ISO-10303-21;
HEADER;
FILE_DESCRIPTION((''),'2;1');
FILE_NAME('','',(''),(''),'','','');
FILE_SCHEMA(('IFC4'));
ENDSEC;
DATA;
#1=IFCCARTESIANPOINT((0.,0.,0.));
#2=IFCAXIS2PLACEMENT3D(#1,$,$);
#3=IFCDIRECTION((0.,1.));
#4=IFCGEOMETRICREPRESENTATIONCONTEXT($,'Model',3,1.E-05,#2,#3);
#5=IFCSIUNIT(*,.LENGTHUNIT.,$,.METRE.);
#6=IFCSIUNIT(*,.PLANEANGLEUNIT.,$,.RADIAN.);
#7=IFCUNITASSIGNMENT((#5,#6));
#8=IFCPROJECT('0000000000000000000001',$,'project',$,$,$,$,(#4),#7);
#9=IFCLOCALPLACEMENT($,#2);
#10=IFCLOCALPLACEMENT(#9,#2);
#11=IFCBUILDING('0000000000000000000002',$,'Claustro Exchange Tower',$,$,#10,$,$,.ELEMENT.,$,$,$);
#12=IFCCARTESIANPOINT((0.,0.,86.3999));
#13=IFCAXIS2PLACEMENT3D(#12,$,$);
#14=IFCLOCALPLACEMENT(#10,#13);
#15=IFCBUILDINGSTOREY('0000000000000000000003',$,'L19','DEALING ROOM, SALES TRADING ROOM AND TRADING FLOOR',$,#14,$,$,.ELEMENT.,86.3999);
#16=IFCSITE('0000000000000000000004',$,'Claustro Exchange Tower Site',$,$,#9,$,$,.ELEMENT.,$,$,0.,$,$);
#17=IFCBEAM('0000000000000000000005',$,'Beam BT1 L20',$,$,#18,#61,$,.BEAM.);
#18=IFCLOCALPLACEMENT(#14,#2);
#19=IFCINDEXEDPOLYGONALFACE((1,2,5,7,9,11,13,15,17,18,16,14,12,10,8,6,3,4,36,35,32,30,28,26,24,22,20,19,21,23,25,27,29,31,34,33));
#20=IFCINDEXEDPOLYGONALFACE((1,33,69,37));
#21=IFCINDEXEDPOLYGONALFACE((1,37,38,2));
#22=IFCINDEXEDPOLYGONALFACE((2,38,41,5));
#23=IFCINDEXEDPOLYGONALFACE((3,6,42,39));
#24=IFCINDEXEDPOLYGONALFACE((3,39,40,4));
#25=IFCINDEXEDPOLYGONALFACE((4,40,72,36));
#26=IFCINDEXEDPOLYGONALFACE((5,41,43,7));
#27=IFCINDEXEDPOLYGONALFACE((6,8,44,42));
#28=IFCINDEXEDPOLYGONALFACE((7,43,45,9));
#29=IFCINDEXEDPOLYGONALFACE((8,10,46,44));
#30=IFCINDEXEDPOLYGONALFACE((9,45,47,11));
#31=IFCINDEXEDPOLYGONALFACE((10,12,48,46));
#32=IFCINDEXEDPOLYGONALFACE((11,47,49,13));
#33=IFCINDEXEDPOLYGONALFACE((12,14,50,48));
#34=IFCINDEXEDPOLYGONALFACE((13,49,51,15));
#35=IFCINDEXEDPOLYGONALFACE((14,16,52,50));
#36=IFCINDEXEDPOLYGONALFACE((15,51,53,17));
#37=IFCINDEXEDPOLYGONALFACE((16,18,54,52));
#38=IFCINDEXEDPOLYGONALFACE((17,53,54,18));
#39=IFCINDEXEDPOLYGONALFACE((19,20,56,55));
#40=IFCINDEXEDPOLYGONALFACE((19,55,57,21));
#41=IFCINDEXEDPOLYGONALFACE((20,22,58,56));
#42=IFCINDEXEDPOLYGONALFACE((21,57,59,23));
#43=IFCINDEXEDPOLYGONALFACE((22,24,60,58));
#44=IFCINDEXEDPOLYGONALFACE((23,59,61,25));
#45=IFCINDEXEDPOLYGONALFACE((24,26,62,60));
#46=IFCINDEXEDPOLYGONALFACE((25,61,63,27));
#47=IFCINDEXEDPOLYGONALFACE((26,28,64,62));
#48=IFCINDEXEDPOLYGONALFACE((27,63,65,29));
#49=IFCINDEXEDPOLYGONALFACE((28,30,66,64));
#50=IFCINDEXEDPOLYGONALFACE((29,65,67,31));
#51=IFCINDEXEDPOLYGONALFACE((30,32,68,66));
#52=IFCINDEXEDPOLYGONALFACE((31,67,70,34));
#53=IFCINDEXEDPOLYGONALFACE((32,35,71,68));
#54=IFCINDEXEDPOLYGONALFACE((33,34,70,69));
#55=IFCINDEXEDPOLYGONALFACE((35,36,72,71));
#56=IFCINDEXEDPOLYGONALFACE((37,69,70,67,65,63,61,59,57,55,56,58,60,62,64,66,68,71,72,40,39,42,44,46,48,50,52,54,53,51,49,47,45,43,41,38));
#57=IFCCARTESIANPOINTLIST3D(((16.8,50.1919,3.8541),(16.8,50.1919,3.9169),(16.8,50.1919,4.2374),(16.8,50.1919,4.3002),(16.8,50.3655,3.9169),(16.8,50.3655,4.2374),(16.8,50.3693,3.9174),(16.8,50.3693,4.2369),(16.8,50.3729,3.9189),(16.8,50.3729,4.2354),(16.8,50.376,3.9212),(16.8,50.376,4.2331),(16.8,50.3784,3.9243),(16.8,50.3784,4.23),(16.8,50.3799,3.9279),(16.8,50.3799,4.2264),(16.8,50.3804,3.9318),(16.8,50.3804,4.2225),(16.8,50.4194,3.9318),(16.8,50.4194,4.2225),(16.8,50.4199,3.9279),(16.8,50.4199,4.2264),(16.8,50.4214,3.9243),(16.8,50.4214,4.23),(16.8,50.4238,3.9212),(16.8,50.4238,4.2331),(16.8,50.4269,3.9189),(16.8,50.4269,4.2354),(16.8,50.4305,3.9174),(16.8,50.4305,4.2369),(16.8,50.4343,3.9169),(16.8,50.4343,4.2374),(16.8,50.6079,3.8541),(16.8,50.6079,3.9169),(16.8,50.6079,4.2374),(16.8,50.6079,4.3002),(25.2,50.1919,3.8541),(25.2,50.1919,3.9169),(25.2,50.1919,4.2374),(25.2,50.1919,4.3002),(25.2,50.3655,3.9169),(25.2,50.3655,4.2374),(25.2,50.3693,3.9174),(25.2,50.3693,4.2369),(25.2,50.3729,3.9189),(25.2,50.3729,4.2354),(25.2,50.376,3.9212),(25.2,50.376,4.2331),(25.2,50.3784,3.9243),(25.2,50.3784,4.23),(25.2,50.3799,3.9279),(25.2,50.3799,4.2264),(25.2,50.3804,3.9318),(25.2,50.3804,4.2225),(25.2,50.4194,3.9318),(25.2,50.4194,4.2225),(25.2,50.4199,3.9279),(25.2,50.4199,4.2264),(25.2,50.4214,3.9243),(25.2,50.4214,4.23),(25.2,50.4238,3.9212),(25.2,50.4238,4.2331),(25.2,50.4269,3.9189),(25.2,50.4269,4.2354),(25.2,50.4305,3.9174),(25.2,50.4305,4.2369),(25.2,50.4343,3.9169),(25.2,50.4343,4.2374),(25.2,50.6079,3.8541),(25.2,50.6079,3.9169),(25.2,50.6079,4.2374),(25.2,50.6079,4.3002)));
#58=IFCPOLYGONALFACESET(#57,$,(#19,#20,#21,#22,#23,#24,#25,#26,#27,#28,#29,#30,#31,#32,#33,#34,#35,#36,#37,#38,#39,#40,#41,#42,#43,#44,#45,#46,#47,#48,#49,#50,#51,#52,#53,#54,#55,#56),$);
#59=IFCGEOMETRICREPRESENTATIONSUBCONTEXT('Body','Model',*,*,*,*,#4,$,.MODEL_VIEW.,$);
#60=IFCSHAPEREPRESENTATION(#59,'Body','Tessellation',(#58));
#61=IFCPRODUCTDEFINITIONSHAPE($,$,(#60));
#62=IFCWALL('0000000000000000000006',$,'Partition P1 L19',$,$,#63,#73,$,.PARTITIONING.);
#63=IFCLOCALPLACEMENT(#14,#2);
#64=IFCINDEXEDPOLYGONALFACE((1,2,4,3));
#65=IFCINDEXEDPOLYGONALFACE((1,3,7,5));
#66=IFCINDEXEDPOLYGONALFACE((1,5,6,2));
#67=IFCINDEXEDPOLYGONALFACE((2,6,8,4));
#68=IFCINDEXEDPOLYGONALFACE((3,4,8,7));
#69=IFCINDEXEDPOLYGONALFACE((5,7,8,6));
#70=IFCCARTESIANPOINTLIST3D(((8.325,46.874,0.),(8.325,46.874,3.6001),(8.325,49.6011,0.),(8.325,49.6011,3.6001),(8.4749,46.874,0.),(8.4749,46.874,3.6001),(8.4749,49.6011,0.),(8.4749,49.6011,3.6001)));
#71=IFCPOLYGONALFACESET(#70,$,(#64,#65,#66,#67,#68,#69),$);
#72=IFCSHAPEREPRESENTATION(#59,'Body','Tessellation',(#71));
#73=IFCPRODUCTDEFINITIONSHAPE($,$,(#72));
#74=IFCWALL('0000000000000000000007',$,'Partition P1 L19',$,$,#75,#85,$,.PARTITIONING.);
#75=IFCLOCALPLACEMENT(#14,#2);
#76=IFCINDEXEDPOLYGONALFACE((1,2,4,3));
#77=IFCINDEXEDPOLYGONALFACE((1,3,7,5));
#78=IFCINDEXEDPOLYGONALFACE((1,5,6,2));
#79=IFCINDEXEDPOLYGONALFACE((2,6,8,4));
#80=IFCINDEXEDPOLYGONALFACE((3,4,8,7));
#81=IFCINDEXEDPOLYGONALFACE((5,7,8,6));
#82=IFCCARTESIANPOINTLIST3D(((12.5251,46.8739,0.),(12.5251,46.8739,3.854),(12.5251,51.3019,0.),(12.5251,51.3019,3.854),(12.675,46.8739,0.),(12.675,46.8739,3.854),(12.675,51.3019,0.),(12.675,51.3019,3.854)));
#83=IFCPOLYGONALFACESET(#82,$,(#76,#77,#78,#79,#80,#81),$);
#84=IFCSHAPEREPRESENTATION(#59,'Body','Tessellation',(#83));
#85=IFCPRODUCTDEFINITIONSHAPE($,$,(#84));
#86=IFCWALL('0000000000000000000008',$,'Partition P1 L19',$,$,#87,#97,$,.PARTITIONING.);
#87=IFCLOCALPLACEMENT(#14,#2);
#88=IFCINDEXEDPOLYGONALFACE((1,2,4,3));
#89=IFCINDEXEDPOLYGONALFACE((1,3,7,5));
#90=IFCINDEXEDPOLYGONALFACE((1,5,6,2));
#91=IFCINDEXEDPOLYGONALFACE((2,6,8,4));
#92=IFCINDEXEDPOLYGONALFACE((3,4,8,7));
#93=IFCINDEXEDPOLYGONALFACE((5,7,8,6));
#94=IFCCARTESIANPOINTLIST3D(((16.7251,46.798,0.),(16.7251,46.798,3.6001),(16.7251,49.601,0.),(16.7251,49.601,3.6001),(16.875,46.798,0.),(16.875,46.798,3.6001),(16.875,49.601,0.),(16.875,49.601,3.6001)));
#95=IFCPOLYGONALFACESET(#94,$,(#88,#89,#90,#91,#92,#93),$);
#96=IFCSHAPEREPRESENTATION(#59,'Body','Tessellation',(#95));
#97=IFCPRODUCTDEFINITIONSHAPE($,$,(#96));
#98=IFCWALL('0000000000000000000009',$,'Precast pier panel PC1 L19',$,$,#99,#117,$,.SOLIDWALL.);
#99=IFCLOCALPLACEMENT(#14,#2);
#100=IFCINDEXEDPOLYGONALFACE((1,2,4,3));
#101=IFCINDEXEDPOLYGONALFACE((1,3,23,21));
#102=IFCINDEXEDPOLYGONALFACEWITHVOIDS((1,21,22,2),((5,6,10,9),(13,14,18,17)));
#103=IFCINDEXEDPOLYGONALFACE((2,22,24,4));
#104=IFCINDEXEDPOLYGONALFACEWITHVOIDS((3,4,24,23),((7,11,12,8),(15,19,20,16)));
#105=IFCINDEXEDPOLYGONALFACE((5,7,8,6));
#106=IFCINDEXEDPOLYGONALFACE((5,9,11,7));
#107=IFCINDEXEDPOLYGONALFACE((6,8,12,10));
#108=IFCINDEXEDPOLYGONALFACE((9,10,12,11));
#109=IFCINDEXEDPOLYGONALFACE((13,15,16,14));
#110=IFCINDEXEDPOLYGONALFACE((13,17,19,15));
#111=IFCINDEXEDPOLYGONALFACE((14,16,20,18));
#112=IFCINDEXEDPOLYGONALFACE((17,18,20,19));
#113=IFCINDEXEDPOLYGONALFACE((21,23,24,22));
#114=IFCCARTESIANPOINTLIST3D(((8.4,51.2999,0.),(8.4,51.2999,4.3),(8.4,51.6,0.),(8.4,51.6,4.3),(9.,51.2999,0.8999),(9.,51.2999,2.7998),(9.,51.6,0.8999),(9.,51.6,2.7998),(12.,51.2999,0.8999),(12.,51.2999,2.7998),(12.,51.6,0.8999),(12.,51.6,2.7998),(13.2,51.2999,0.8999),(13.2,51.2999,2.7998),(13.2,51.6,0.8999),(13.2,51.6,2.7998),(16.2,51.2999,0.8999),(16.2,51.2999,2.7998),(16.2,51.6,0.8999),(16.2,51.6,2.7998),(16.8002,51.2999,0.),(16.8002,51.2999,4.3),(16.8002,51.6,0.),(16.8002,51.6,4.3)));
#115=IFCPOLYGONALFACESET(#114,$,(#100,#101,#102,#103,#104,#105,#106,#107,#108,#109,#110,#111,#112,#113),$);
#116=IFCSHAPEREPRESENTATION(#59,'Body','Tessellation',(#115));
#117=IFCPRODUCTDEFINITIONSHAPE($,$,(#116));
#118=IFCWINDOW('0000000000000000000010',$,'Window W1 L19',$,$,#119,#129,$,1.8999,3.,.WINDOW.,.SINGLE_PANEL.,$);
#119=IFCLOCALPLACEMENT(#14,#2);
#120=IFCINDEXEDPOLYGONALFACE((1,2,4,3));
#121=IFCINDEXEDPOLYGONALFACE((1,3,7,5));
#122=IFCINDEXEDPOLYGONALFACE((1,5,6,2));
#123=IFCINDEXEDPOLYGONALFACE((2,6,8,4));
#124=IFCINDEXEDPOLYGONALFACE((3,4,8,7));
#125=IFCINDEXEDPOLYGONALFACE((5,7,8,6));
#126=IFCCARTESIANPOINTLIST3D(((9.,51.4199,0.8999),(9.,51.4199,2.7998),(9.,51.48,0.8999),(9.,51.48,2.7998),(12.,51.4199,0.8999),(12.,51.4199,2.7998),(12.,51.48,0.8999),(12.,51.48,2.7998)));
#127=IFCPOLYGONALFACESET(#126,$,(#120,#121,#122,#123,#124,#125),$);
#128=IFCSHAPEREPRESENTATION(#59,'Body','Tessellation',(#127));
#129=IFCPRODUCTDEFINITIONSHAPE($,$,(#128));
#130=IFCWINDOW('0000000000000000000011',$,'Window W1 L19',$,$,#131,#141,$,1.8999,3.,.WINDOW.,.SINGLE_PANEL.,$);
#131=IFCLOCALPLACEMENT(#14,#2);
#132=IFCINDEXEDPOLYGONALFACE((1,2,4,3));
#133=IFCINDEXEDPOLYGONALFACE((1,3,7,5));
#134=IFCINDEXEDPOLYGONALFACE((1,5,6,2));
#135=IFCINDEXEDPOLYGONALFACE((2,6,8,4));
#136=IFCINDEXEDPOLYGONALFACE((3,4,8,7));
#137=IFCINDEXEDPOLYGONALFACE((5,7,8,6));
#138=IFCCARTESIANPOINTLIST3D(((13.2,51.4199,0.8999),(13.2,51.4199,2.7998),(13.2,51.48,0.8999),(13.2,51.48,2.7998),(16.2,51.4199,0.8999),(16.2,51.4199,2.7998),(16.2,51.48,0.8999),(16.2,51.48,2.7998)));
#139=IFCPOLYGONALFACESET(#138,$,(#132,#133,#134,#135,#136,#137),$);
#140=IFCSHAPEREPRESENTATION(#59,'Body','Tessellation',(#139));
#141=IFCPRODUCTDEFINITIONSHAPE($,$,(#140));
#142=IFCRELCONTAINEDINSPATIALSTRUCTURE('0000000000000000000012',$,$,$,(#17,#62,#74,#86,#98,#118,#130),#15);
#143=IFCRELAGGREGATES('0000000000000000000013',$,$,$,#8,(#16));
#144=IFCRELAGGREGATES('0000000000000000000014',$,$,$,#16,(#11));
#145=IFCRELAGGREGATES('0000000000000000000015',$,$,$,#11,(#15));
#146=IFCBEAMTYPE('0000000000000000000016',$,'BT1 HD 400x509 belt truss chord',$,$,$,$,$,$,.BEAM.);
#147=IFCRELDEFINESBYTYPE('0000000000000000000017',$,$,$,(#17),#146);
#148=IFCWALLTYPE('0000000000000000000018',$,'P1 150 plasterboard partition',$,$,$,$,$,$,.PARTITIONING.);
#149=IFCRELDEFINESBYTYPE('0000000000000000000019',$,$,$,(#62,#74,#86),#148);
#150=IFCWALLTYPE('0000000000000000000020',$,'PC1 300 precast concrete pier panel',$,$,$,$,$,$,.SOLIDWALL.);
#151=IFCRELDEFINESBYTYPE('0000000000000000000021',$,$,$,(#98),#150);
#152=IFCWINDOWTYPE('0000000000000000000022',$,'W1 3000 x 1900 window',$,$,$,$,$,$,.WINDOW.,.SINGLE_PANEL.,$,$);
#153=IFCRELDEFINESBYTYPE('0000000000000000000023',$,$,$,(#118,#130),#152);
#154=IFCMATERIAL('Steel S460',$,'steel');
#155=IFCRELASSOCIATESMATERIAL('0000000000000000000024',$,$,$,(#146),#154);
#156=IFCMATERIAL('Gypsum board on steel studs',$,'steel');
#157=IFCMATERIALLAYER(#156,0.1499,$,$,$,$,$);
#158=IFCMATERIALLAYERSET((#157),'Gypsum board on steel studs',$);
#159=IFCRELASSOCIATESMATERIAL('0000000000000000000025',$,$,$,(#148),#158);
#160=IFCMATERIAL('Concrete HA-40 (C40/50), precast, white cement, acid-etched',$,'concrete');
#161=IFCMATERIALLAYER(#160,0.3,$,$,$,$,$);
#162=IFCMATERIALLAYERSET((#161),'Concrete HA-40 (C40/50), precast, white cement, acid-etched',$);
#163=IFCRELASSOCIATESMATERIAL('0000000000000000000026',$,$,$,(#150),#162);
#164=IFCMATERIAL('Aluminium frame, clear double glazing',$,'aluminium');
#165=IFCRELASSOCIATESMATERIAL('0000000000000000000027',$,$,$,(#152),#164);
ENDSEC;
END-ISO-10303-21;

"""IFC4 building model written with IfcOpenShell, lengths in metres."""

from ifc_helpers import new_model, si_unit, direction, frame, frame_2d, origin, origin_2d, place, context, subcontext, project, spatial, rectangle, i_section, extrude, material, layer, layer_set, material_profile, profile_set, type_object, element, fill, save


model = new_model("IFC4")

# Units and contexts
model_context = context("Model", 3, precision=1e-05, world=origin(), true_north=direction((0.0, 1.0)))
body_context = subcontext(model_context, "Body", "Model", "MODEL_VIEW")
ifc_project = project(units=[si_unit("LENGTHUNIT", "METRE"), si_unit("PLANEANGLEUNIT", "RADIAN")], contexts=[model_context])

# Site, building, storey
site_placement = place(None, origin())
site = spatial("IfcSite", under=ifc_project, at=site_placement, Name="Claustro Exchange Tower Site", CompositionType="ELEMENT", RefElevation=0.0)
building_placement = place(site_placement, origin())
building = spatial("IfcBuilding", under=site, at=building_placement, Name="Claustro Exchange Tower", CompositionType="ELEMENT")
storey_placement = place(building_placement, frame((0.0, 0.0, 86.3999)))
storey = spatial("IfcBuildingStorey", under=building, at=storey_placement, Name="L19", Description="DEALING ROOM, SALES TRADING ROOM AND TRADING FLOOR", CompositionType="ELEMENT", Elevation=86.3999)

# Beam
ifc_material_1 = material(Name="Steel S460", Category="steel")
ifc_material_profile_1 = material_profile(ifc_material_1, i_section(OverallWidth=0.416, OverallDepth=0.446, WebThickness=0.0391, FlangeThickness=0.0627, FilletRadius=0.0149, at=origin_2d()), Name="HD 400x509")
ifc_profile_set_1 = profile_set([ifc_material_profile_1], Name="Steel S460")
beam_type_1 = type_object("IfcBeamType", Name="BT1 HD 400x509 belt truss chord", PredefinedType="BEAM", material=ifc_profile_set_1)
beam_1_placement = place(storey_placement, frame((16.8, 50.3999, 4.0771), z_axis=(1.0, 0.0, 0.0), x_axis=(0.0, 1.0, 0.0)))
element("IfcBeam", 1, at=beam_1_placement, inside=storey, type_object=beam_type_1, Name="Beam BT1 L20", PredefinedType="BEAM", context=body_context, shape_type="SweptSolid", body=[
    extrude(i_section(OverallWidth=0.416, OverallDepth=0.446, WebThickness=0.0391, FlangeThickness=0.0627, FilletRadius=0.0149, at=origin_2d()), origin(), (0.0, 0.0, 1.0), 8.3999),
])

# Walls
ifc_material_2 = material(Name="Gypsum board on steel studs", Category="steel")
ifc_layer_1 = layer(ifc_material_2, 0.1499)
ifc_layer_set_1 = layer_set([ifc_layer_1], Name="Gypsum board on steel studs")
wall_type_1 = type_object("IfcWallType", Name="P1 150 plasterboard partition", PredefinedType="PARTITIONING", material=ifc_layer_set_1)
wall_1_placement = place(storey_placement, frame((8.3999, 46.874, 0.0), z_axis=(0.0, 0.0, 1.0), x_axis=(0.0, 1.0, 0.0)))
element("IfcWall", 2, at=wall_1_placement, inside=storey, type_object=wall_type_1, Name="Partition P1 L19", PredefinedType="PARTITIONING", context=body_context, shape_type="SweptSolid", body=[
    extrude(rectangle(XDim=2.7271, YDim=0.1499, at=frame_2d((1.3635, 0.0))), origin(), (0.0, 0.0, 1.0), 3.6001),
])
wall_2_placement = place(storey_placement, frame((12.6001, 46.874, 0.0), z_axis=(0.0, 0.0, 1.0), x_axis=(0.0, 1.0, 0.0)))
element("IfcWall", 3, at=wall_2_placement, inside=storey, type_object=wall_type_1, Name="Partition P1 L19", PredefinedType="PARTITIONING", context=body_context, shape_type="SweptSolid", body=[
    extrude(rectangle(XDim=4.428, YDim=0.1499, at=frame_2d((2.2139, 0.0))), origin(), (0.0, 0.0, 1.0), 3.854),
])
wall_3_placement = place(storey_placement, frame((16.8, 46.7981, 0.0), z_axis=(0.0, 0.0, 1.0), x_axis=(0.0, 1.0, 0.0)))
element("IfcWall", 4, at=wall_3_placement, inside=storey, type_object=wall_type_1, Name="Partition P1 L19", PredefinedType="PARTITIONING", context=body_context, shape_type="SweptSolid", body=[
    extrude(rectangle(XDim=2.803, YDim=0.1499, at=frame_2d((1.4014, 0.0))), origin(), (0.0, 0.0, 1.0), 3.6001),
])

# Wall, openings, windows
ifc_material_3 = material(Name="Concrete HA-40 (C40/50), precast, white cement, acid-etched", Category="concrete")
ifc_layer_2 = layer(ifc_material_3, 0.3)
ifc_layer_set_2 = layer_set([ifc_layer_2], Name="Concrete HA-40 (C40/50), precast, white cement, acid-etched")
wall_type_2 = type_object("IfcWallType", Name="PC1 300 precast concrete pier panel", PredefinedType="SOLIDWALL", material=ifc_layer_set_2)
wall_4_placement = place(storey_placement, frame((8.3999, 51.45, 0.0), z_axis=(0.0, 0.0, 1.0), x_axis=(1.0, 0.0, 0.0)))
wall_4 = element("IfcWall", 5, at=wall_4_placement, inside=storey, type_object=wall_type_2, Name="Precast pier panel PC1 L19", PredefinedType="SOLIDWALL", context=body_context, shape_type="SweptSolid", body=[
    extrude(rectangle(XDim=8.4001, YDim=0.3, at=frame_2d((4.2002, 0.0))), origin(), (0.0, 0.0, 1.0), 4.3),
])
opening_1_placement = place(wall_4_placement, frame((0.6001, 0.0, 0.8999)))
opening_1 = element("IfcOpeningElement", 6, at=opening_1_placement, cuts=wall_4, PredefinedType="OPENING", context=body_context, shape_type="SweptSolid", body=[
    extrude(rectangle(XDim=3.0, YDim=1.8999, at=frame_2d((1.5, 0.95))), frame((0.0, 0.1599, 0.0), z_axis=(0.0, -1.0, 0.0), x_axis=(1.0, 0.0, 0.0)), (0.0, 0.0, 1.0), 0.3201),
])
opening_2_placement = place(wall_4_placement, frame((4.8, 0.0, 0.8999)))
opening_2 = element("IfcOpeningElement", 7, at=opening_2_placement, cuts=wall_4, PredefinedType="OPENING", context=body_context, shape_type="SweptSolid", body=[
    extrude(rectangle(XDim=3.0, YDim=1.8999, at=frame_2d((1.5, 0.95))), frame((0.0, 0.1599, 0.0), z_axis=(0.0, -1.0, 0.0), x_axis=(1.0, 0.0, 0.0)), (0.0, 0.0, 1.0), 0.3201),
])
ifc_material_4 = material(Name="Aluminium frame, clear double glazing", Category="aluminium")
window_type = type_object("IfcWindowType", Name="W1 3000 x 1900 window", PartitioningType="SINGLE_PANEL", PredefinedType="WINDOW", material=ifc_material_4)
window_1_placement = place(opening_1_placement, origin())
window_1 = element("IfcWindow", 8, at=window_1_placement, inside=storey, type_object=window_type, Name="Window W1 L19", OverallHeight=1.8999, OverallWidth=3.0, PartitioningType="SINGLE_PANEL", PredefinedType="WINDOW", context=body_context, shape_type="SweptSolid", body=[
    extrude(rectangle(XDim=3.0, YDim=1.8999, at=frame_2d((1.5, 0.95))), frame((0.0, 0.03, 0.0), z_axis=(0.0, -1.0, 0.0), x_axis=(1.0, 0.0, 0.0)), (0.0, 0.0, 1.0), 0.0601),
])
fill(opening_1, window_1)
window_2_placement = place(opening_2_placement, origin())
window_2 = element("IfcWindow", 9, at=window_2_placement, inside=storey, type_object=window_type, Name="Window W1 L19", OverallHeight=1.8999, OverallWidth=3.0, PartitioningType="SINGLE_PANEL", PredefinedType="WINDOW", context=body_context, shape_type="SweptSolid", body=[
    extrude(rectangle(XDim=3.0, YDim=1.8999, at=frame_2d((1.5, 0.95))), frame((0.0, 0.03, 0.0), z_axis=(0.0, -1.0, 0.0), x_axis=(1.0, 0.0, 0.0)), (0.0, 0.0, 1.0), 0.0601),
])
fill(opening_2, window_2)

save(model, "model.ifc")
